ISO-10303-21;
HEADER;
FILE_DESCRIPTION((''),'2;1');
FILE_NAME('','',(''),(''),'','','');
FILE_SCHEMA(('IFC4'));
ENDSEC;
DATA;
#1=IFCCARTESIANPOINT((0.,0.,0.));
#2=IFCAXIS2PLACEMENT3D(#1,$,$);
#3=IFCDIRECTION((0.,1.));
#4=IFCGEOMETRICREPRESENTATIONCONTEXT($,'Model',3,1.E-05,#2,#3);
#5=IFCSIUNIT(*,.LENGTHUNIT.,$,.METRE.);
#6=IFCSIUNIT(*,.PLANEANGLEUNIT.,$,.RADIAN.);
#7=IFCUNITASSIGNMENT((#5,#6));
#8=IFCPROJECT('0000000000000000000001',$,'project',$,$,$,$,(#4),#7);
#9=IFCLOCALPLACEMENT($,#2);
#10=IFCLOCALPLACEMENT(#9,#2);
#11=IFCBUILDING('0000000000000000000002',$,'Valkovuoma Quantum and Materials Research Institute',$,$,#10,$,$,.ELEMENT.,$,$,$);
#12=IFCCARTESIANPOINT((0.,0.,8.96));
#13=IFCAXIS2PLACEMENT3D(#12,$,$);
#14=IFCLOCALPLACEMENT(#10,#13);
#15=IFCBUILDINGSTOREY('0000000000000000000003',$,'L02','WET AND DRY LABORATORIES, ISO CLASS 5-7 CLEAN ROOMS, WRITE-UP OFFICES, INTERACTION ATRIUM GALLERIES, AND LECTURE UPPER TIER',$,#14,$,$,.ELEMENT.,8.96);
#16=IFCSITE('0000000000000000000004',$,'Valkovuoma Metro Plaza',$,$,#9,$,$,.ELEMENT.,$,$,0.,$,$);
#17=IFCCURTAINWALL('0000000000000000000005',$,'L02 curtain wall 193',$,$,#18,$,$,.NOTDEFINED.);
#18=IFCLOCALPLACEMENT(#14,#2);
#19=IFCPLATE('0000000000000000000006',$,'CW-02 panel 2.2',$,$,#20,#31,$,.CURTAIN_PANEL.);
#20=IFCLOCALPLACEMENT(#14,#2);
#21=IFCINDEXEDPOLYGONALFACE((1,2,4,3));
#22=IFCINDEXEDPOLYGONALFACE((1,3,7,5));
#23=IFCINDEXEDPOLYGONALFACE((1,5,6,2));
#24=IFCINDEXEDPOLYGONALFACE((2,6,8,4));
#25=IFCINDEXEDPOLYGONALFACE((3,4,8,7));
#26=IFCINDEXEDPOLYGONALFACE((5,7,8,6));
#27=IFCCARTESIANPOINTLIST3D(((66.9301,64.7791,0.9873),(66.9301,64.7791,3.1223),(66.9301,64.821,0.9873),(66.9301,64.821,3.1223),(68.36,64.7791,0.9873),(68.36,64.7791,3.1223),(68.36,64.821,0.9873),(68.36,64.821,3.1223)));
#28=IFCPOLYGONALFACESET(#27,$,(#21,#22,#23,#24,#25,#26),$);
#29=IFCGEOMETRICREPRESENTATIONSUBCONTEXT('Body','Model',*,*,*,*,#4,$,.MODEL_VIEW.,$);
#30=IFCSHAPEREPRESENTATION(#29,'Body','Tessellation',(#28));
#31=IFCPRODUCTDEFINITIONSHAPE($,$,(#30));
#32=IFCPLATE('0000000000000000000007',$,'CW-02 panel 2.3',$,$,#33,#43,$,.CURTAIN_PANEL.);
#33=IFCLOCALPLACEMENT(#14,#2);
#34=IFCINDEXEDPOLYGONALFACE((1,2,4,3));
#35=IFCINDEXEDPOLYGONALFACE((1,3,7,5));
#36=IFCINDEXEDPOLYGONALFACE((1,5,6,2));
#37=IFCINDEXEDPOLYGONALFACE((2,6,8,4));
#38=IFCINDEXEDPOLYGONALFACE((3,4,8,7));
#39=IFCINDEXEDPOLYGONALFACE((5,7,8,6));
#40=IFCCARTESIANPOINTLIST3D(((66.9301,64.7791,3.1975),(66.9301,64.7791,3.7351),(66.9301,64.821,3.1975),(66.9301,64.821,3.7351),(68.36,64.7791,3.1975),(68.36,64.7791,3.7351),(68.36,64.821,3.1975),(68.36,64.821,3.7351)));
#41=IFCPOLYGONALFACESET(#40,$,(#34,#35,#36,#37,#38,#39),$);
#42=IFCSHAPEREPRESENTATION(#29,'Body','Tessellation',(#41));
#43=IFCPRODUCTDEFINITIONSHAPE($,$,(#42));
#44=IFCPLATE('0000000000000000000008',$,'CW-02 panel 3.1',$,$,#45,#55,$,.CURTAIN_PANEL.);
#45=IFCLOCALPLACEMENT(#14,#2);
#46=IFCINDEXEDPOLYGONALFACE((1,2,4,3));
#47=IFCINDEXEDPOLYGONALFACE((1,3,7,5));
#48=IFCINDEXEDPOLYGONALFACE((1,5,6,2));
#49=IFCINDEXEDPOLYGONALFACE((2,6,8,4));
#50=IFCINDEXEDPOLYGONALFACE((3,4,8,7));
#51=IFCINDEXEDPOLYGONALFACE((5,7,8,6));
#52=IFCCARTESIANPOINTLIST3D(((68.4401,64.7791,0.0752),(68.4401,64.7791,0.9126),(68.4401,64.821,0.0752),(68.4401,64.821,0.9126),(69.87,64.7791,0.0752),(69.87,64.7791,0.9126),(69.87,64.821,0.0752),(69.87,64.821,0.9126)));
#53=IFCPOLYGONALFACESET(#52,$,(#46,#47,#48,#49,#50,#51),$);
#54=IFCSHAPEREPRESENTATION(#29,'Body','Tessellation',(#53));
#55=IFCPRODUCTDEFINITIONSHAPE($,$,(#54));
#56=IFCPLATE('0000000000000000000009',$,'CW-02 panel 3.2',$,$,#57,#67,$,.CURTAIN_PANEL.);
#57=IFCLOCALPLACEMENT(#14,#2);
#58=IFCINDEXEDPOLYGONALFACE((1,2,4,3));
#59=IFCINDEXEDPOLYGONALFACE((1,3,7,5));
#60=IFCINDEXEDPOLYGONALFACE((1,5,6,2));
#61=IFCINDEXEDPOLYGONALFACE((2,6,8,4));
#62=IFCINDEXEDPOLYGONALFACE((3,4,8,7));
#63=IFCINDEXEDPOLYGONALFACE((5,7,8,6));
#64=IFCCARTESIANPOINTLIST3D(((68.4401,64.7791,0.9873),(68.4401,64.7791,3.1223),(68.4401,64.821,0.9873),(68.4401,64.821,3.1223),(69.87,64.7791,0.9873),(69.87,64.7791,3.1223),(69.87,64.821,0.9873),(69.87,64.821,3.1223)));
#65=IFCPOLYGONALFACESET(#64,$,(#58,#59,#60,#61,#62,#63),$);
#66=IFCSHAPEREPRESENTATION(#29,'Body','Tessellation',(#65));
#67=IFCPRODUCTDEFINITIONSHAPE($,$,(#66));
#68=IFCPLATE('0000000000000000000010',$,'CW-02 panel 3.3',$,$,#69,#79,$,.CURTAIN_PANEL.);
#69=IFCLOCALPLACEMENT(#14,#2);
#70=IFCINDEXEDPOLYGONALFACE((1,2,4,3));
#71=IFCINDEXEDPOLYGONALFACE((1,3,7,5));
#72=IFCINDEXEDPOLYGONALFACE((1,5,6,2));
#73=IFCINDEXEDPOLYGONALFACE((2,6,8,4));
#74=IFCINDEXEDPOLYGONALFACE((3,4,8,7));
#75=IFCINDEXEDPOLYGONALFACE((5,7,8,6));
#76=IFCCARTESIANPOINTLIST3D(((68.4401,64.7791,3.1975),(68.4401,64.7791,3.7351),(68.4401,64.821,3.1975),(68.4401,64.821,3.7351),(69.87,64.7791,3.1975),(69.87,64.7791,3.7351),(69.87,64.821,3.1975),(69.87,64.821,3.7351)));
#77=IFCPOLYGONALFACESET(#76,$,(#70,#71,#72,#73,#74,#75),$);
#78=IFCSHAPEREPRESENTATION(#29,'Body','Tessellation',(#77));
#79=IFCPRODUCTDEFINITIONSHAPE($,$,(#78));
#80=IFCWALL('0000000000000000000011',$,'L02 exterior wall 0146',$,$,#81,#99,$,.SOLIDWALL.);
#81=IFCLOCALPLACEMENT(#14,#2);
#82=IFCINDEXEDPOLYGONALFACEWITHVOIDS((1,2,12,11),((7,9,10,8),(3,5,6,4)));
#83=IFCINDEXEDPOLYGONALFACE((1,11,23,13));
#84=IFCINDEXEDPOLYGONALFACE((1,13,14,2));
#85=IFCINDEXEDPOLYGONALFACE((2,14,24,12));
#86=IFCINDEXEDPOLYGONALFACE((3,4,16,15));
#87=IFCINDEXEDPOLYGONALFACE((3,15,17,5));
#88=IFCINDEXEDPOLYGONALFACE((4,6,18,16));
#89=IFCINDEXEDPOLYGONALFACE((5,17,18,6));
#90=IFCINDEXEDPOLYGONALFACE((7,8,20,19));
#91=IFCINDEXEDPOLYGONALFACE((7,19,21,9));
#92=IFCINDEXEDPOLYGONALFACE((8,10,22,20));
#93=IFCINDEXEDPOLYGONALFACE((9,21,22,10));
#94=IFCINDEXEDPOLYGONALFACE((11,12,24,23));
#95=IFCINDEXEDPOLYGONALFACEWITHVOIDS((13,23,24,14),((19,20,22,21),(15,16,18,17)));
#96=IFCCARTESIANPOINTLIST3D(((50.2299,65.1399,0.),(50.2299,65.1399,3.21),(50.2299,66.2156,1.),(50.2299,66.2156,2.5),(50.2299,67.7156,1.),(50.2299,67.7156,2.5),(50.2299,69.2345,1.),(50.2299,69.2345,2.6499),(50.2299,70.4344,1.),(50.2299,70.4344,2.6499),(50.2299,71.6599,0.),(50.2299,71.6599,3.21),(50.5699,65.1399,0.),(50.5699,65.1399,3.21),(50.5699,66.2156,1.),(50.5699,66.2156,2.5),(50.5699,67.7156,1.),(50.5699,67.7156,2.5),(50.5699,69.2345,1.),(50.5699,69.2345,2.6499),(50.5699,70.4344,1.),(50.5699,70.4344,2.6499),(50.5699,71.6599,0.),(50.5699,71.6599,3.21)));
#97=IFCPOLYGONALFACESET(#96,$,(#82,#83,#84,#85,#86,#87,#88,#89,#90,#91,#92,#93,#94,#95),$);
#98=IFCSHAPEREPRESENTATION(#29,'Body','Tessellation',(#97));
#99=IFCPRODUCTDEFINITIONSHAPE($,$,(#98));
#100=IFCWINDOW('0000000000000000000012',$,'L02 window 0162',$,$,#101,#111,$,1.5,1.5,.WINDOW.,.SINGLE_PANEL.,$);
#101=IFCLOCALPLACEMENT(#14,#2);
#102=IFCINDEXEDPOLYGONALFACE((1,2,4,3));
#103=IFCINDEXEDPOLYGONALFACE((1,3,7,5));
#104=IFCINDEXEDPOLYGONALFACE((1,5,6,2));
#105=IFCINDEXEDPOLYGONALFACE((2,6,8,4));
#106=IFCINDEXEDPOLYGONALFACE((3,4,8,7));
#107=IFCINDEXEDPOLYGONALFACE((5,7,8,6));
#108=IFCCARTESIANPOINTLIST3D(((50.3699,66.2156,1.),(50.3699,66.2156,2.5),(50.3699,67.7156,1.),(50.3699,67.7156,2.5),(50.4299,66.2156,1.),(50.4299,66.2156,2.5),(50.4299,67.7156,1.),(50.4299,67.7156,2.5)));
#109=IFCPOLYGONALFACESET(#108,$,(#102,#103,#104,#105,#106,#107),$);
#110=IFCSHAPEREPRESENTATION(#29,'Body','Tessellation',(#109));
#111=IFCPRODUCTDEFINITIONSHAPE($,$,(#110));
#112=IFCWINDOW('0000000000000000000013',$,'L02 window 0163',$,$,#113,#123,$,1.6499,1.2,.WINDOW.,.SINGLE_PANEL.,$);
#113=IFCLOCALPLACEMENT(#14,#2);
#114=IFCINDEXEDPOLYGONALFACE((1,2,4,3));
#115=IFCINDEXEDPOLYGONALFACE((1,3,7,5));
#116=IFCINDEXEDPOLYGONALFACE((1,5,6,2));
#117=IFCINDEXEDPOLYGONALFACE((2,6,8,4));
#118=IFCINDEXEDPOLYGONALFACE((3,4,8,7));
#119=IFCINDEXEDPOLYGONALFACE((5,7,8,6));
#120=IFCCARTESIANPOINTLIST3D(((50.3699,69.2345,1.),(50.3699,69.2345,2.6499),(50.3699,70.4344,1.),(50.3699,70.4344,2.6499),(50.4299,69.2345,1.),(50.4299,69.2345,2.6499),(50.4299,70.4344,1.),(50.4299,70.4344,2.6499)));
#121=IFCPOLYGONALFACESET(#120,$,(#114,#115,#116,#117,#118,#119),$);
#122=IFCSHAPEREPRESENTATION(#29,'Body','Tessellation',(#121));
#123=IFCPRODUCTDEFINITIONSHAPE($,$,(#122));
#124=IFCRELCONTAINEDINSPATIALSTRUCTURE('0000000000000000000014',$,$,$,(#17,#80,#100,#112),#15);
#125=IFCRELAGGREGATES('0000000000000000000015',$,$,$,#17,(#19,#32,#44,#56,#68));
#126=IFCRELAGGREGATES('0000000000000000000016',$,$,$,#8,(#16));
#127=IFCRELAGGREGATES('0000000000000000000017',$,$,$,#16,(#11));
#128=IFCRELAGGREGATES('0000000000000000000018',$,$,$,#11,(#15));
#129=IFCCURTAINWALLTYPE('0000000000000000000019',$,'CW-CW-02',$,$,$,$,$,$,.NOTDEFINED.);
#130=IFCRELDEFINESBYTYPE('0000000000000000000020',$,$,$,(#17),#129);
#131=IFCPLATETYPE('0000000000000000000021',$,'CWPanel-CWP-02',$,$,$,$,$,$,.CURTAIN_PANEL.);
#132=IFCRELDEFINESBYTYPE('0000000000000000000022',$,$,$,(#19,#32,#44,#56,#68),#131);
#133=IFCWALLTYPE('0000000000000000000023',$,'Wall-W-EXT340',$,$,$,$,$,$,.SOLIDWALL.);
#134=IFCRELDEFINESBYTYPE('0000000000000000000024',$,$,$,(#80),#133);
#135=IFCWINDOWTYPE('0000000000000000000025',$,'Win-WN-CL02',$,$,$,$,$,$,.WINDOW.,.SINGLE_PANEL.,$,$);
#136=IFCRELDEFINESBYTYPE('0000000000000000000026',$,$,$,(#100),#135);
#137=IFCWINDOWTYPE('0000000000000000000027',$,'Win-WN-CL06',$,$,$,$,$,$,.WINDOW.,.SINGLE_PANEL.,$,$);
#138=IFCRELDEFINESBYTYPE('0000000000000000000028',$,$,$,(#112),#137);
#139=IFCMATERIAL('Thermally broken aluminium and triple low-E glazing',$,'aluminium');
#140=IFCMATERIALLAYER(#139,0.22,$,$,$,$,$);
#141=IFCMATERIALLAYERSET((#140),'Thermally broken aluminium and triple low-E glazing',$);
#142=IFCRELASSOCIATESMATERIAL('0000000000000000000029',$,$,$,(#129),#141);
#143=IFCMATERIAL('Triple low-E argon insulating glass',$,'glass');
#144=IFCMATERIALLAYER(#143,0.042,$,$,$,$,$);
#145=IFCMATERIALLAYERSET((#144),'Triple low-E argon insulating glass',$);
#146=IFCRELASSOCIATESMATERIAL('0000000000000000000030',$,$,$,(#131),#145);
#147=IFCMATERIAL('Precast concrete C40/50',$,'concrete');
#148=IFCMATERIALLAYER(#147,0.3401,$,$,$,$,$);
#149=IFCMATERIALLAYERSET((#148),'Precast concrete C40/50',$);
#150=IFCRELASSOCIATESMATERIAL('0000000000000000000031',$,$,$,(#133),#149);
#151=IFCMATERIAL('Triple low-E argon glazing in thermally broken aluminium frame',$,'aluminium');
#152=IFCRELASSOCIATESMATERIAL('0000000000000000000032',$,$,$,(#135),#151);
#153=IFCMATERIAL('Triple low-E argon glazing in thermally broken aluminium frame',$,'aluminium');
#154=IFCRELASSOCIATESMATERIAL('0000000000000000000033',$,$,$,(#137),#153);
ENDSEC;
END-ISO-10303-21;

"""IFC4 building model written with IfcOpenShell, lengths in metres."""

from ifc_helpers import new_model, si_unit, direction, frame, frame_2d, origin, origin_2d, place, context, subcontext, project, spatial, rectangle, extrude, material, layer, layer_set, type_object, element, fill, aggregate, save


model = new_model("IFC4")

# Units and contexts
model_context = context("Model", 3, precision=1e-05, world=origin(), true_north=direction((0.0, 1.0)))
body_context = subcontext(model_context, "Body", "Model", "MODEL_VIEW")
ifc_project = project(units=[si_unit("LENGTHUNIT", "METRE"), si_unit("PLANEANGLEUNIT", "RADIAN")], contexts=[model_context])

# Site, building, storey
site_placement = place(None, origin())
site = spatial("IfcSite", under=ifc_project, at=site_placement, Name="Valkovuoma Metro Plaza", CompositionType="ELEMENT", RefElevation=0.0)
building_placement = place(site_placement, origin())
building = spatial("IfcBuilding", under=site, at=building_placement, Name="Valkovuoma Quantum and Materials Research Institute", CompositionType="ELEMENT")
storey_placement = place(building_placement, frame((0.0, 0.0, 8.96)))
storey = spatial("IfcBuildingStorey", under=building, at=storey_placement, Name="L02", Description="WET AND DRY LABORATORIES, ISO CLASS 5-7 CLEAN ROOMS, WRITE-UP OFFICES, INTERACTION ATRIUM GALLERIES, AND LECTURE UPPER TIER", CompositionType="ELEMENT", Elevation=8.96)

# Shared definitions
ifc_material_1 = material(Name="Thermally broken aluminium and triple low-E glazing", Category="aluminium")
ifc_layer_1 = layer(ifc_material_1, 0.22)
ifc_layer_set_1 = layer_set([ifc_layer_1], Name="Thermally broken aluminium and triple low-E glazing")
curtain_wall_type = type_object("IfcCurtainWallType", Name="CW-CW-02", PredefinedType="NOTDEFINED", material=ifc_layer_set_1)

# Curtain wall
curtain_wall_1_placement = place(storey_placement, origin())
curtain_wall_1 = element("IfcCurtainWall", 1, at=curtain_wall_1_placement, inside=storey, type_object=curtain_wall_type, Name="L02 curtain wall 193", PredefinedType="NOTDEFINED")

# Plates
ifc_material_2 = material(Name="Triple low-E argon insulating glass", Category="glass")
ifc_layer_2 = layer(ifc_material_2, 0.042)
ifc_layer_set_2 = layer_set([ifc_layer_2], Name="Triple low-E argon insulating glass")
plate_type = type_object("IfcPlateType", Name="CWPanel-CWP-02", PredefinedType="CURTAIN_PANEL", material=ifc_layer_set_2)
plate_1_placement = place(storey_placement, frame((67.645, 64.8, 0.9873), z_axis=(0.0, 0.0, 1.0), x_axis=(1.0, 0.0, 0.0)))
plate_1 = element("IfcPlate", 2, at=plate_1_placement, type_object=plate_type, Name="CW-02 panel 2.2", PredefinedType="CURTAIN_PANEL", context=body_context, shape_type="SweptSolid", body=[
    extrude(rectangle(XDim=1.4299, YDim=0.042, at=origin_2d()), origin(), (0.0, 0.0, 1.0), 2.135),
])
plate_2_placement = place(storey_placement, frame((67.645, 64.8, 3.1975), z_axis=(0.0, 0.0, 1.0), x_axis=(1.0, 0.0, 0.0)))
plate_2 = element("IfcPlate", 3, at=plate_2_placement, type_object=plate_type, Name="CW-02 panel 2.3", PredefinedType="CURTAIN_PANEL", context=body_context, shape_type="SweptSolid", body=[
    extrude(rectangle(XDim=1.4299, YDim=0.042, at=origin_2d()), origin(), (0.0, 0.0, 1.0), 0.5376),
])
plate_3_placement = place(storey_placement, frame((69.155, 64.8, 0.0752), z_axis=(0.0, 0.0, 1.0), x_axis=(1.0, 0.0, 0.0)))
plate_3 = element("IfcPlate", 4, at=plate_3_placement, type_object=plate_type, Name="CW-02 panel 3.1", PredefinedType="CURTAIN_PANEL", context=body_context, shape_type="SweptSolid", body=[
    extrude(rectangle(XDim=1.4299, YDim=0.042, at=origin_2d()), origin(), (0.0, 0.0, 1.0), 0.8374),
])
plate_4_placement = place(storey_placement, frame((69.155, 64.8, 0.9873), z_axis=(0.0, 0.0, 1.0), x_axis=(1.0, 0.0, 0.0)))
plate_4 = element("IfcPlate", 5, at=plate_4_placement, type_object=plate_type, Name="CW-02 panel 3.2", PredefinedType="CURTAIN_PANEL", context=body_context, shape_type="SweptSolid", body=[
    extrude(rectangle(XDim=1.4299, YDim=0.042, at=origin_2d()), origin(), (0.0, 0.0, 1.0), 2.135),
])
plate_5_placement = place(storey_placement, frame((69.155, 64.8, 3.1975), z_axis=(0.0, 0.0, 1.0), x_axis=(1.0, 0.0, 0.0)))
plate_5 = element("IfcPlate", 6, at=plate_5_placement, type_object=plate_type, Name="CW-02 panel 3.3", PredefinedType="CURTAIN_PANEL", context=body_context, shape_type="SweptSolid", body=[
    extrude(rectangle(XDim=1.4299, YDim=0.042, at=origin_2d()), origin(), (0.0, 0.0, 1.0), 0.5376),
])
aggregate(curtain_wall_1, [plate_1, plate_2, plate_3, plate_4, plate_5])

# Wall, openings, windows
ifc_material_3 = material(Name="Precast concrete C40/50", Category="concrete")
ifc_layer_3 = layer(ifc_material_3, 0.3401)
ifc_layer_set_3 = layer_set([ifc_layer_3], Name="Precast concrete C40/50")
wall_type = type_object("IfcWallType", Name="Wall-W-EXT340", PredefinedType="SOLIDWALL", material=ifc_layer_set_3)
wall_placement = place(storey_placement, frame((50.3999, 65.1399, 0.0), z_axis=(0.0, 0.0, 1.0), x_axis=(0.0, 1.0, 0.0)))
wall = element("IfcWall", 7, at=wall_placement, inside=storey, type_object=wall_type, Name="L02 exterior wall 0146", PredefinedType="SOLIDWALL", context=body_context, shape_type="SweptSolid", body=[
    extrude(rectangle(XDim=6.52, YDim=0.3401, at=frame_2d((3.26, 0.0))), origin(), (0.0, 0.0, 1.0), 3.21),
])
opening_1_placement = place(wall_placement, frame((1.0757, 0.0, 1.0)))
opening_1 = element("IfcOpeningElement", 8, at=opening_1_placement, cuts=wall, PredefinedType="OPENING", context=body_context, shape_type="SweptSolid", body=[
    extrude(rectangle(XDim=1.5, YDim=1.5, at=frame_2d((0.75, 0.75))), frame((0.0, 0.1802, 0.0), z_axis=(0.0, -1.0, 0.0), x_axis=(1.0, 0.0, 0.0)), (0.0, 0.0, 1.0), 0.3601),
])
opening_2_placement = place(wall_placement, frame((4.0945, 0.0, 1.0)))
opening_2 = element("IfcOpeningElement", 9, at=opening_2_placement, cuts=wall, PredefinedType="OPENING", context=body_context, shape_type="SweptSolid", body=[
    extrude(rectangle(XDim=1.2, YDim=1.6499, at=frame_2d((0.6001, 0.825))), frame((0.0, 0.1802, 0.0), z_axis=(0.0, -1.0, 0.0), x_axis=(1.0, 0.0, 0.0)), (0.0, 0.0, 1.0), 0.3601),
])
ifc_material_4 = material(Name="Triple low-E argon glazing in thermally broken aluminium frame", Category="aluminium")
window_type_1 = type_object("IfcWindowType", Name="Win-WN-CL02", PartitioningType="SINGLE_PANEL", PredefinedType="WINDOW", material=ifc_material_4)
window_1_placement = place(opening_1_placement, origin())
window_1 = element("IfcWindow", 10, at=window_1_placement, inside=storey, type_object=window_type_1, Name="L02 window 0162", OverallHeight=1.5, OverallWidth=1.5, PartitioningType="SINGLE_PANEL", PredefinedType="WINDOW", context=body_context, shape_type="SweptSolid", body=[
    extrude(rectangle(XDim=1.5, YDim=1.5, at=frame_2d((0.75, 0.75))), frame((0.0, 0.03, 0.0), z_axis=(0.0, -1.0, 0.0), x_axis=(1.0, 0.0, 0.0)), (0.0, 0.0, 1.0), 0.0601),
])
fill(opening_1, window_1)
ifc_material_5 = material(Name="Triple low-E argon glazing in thermally broken aluminium frame", Category="aluminium")
window_type_2 = type_object("IfcWindowType", Name="Win-WN-CL06", PartitioningType="SINGLE_PANEL", PredefinedType="WINDOW", material=ifc_material_5)
window_2_placement = place(opening_2_placement, origin())
window_2 = element("IfcWindow", 11, at=window_2_placement, inside=storey, type_object=window_type_2, Name="L02 window 0163", OverallHeight=1.6499, OverallWidth=1.2, PartitioningType="SINGLE_PANEL", PredefinedType="WINDOW", context=body_context, shape_type="SweptSolid", body=[
    extrude(rectangle(XDim=1.2, YDim=1.6499, at=frame_2d((0.6001, 0.825))), frame((0.0, 0.03, 0.0), z_axis=(0.0, -1.0, 0.0), x_axis=(1.0, 0.0, 0.0)), (0.0, 0.0, 1.0), 0.0601),
])
fill(opening_2, window_2)

save(model, "model.ifc")
